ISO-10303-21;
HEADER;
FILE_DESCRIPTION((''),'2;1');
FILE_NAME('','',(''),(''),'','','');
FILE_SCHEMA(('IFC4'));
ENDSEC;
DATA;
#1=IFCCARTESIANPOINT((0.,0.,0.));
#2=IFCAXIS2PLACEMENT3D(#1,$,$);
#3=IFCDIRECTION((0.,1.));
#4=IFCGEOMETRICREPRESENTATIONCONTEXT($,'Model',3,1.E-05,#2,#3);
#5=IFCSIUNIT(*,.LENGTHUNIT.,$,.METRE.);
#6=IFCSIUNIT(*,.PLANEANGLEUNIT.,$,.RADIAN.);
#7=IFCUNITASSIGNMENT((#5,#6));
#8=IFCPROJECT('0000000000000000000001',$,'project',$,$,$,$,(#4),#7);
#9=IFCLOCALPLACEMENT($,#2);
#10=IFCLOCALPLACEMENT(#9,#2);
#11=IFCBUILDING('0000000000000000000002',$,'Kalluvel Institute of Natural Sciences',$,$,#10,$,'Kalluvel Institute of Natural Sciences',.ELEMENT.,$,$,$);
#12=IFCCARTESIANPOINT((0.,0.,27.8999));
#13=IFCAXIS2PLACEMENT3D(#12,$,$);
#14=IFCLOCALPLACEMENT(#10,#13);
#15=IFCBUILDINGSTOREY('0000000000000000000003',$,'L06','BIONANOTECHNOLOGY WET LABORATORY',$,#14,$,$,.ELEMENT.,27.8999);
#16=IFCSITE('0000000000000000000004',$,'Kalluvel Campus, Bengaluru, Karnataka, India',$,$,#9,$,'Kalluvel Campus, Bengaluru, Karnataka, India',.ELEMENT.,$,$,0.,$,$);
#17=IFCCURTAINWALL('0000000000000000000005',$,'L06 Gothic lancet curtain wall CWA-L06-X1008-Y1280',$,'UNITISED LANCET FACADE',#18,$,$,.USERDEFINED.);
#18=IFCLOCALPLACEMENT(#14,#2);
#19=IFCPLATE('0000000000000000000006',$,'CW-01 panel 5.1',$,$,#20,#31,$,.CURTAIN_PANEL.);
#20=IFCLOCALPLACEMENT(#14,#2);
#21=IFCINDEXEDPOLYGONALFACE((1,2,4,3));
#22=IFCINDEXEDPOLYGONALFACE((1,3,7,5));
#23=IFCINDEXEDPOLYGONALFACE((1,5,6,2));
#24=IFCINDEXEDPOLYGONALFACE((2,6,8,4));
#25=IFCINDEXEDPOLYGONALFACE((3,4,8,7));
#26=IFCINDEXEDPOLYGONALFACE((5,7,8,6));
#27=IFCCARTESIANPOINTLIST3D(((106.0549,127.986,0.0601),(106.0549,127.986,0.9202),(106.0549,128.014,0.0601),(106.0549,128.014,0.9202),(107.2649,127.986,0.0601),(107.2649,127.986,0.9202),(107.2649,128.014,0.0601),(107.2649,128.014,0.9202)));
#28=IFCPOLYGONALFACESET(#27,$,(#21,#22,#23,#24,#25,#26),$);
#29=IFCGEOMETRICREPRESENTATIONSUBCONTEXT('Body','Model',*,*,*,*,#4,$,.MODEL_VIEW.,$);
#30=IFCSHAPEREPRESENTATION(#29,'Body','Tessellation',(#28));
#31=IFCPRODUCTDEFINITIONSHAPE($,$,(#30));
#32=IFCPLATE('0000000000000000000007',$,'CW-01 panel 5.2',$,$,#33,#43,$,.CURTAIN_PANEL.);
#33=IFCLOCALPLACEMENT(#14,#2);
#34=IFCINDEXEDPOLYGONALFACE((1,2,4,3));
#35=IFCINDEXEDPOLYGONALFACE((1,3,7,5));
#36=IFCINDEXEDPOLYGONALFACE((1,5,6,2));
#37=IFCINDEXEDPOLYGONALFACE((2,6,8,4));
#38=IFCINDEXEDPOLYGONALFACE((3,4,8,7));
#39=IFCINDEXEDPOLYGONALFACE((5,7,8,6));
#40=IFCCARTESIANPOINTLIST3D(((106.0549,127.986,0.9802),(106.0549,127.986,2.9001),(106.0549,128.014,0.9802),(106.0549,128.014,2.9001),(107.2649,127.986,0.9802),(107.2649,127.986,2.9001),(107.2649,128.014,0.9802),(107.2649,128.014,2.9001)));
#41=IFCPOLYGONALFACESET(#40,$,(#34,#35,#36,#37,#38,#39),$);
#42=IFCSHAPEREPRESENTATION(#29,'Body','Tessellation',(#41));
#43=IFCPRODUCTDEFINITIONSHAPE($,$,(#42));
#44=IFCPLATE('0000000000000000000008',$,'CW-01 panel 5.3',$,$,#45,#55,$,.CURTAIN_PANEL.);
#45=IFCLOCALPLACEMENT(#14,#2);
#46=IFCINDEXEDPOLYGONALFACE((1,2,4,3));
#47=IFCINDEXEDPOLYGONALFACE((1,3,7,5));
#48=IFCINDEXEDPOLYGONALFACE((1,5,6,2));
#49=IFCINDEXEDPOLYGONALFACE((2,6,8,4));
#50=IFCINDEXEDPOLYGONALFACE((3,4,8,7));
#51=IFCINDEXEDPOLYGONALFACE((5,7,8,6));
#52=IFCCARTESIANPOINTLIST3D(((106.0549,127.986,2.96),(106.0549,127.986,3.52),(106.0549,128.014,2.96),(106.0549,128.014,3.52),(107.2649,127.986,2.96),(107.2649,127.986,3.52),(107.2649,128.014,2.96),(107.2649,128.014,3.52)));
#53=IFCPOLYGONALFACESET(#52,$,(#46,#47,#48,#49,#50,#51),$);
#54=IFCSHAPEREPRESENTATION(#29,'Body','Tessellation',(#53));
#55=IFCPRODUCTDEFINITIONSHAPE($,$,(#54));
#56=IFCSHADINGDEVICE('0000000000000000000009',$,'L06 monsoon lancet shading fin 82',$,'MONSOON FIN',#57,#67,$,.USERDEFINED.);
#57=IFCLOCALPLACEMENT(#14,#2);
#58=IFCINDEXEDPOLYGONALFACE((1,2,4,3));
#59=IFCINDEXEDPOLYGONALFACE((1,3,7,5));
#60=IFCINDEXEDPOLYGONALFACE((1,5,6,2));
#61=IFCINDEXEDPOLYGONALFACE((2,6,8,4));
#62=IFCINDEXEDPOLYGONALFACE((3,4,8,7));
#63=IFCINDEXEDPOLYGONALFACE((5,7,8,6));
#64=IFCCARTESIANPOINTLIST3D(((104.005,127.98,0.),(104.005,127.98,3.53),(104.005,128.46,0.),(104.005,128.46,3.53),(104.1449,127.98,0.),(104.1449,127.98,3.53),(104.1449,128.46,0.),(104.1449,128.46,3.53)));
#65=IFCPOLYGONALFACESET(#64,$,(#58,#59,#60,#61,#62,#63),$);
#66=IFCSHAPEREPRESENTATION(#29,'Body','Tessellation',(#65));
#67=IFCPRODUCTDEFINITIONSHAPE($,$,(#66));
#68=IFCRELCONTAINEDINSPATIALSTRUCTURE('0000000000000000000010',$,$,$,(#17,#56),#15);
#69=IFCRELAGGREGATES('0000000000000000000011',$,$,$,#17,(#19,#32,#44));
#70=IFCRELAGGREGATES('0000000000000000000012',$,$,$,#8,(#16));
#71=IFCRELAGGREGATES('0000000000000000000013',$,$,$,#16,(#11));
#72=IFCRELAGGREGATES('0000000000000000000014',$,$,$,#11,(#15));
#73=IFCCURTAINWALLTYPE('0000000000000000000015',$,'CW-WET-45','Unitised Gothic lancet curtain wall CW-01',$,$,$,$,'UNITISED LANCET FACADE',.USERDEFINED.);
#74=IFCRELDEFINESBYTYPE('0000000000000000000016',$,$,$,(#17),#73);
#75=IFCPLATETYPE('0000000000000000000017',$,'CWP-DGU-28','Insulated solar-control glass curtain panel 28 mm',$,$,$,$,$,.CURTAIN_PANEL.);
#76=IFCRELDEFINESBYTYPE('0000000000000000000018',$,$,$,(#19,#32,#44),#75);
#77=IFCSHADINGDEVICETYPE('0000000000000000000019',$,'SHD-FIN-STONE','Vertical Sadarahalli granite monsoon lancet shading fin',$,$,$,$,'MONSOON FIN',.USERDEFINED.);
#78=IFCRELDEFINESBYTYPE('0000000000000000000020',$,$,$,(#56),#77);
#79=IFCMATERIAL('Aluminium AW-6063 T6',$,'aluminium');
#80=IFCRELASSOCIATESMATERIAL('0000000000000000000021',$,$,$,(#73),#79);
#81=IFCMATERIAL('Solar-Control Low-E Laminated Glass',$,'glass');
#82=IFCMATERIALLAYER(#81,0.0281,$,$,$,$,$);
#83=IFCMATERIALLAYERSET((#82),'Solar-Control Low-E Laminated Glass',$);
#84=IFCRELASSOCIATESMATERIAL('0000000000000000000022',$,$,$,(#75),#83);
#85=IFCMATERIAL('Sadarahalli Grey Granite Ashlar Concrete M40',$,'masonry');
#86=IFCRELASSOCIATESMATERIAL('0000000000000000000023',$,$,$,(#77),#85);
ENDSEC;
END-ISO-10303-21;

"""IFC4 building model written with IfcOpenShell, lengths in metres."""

from ifc_helpers import new_model, si_unit, direction, frame, origin, origin_2d, place, context, subcontext, project, spatial, rectangle, extrude, material, layer, layer_set, type_object, element, aggregate, save


model = new_model("IFC4")

# Units and contexts
model_context = context("Model", 3, precision=1e-05, world=origin(), true_north=direction((0.0, 1.0)))
body_context = subcontext(model_context, "Body", "Model", "MODEL_VIEW")
ifc_project = project(units=[si_unit("LENGTHUNIT", "METRE"), si_unit("PLANEANGLEUNIT", "RADIAN")], contexts=[model_context])

# Site, building, storey
site_placement = place(None, origin())
site = spatial("IfcSite", under=ifc_project, at=site_placement, Name="Kalluvel Campus, Bengaluru, Karnataka, India", LongName="Kalluvel Campus, Bengaluru, Karnataka, India", CompositionType="ELEMENT", RefElevation=0.0)
building_placement = place(site_placement, origin())
building = spatial("IfcBuilding", under=site, at=building_placement, Name="Kalluvel Institute of Natural Sciences", LongName="Kalluvel Institute of Natural Sciences", CompositionType="ELEMENT")
storey_placement = place(building_placement, frame((0.0, 0.0, 27.8999)))
storey = spatial("IfcBuildingStorey", under=building, at=storey_placement, Name="L06", Description="BIONANOTECHNOLOGY WET LABORATORY", CompositionType="ELEMENT", Elevation=27.8999)

# Curtain wall, plates
ifc_material_1 = material(Name="Aluminium AW-6063 T6", Category="aluminium")
curtain_wall_type = type_object("IfcCurtainWallType", Name="CW-WET-45", Description="Unitised Gothic lancet curtain wall CW-01", ElementType="UNITISED LANCET FACADE", PredefinedType="USERDEFINED", material=ifc_material_1)
curtain_wall_placement = place(storey_placement, origin())
curtain_wall = element("IfcCurtainWall", 1, at=curtain_wall_placement, inside=storey, type_object=curtain_wall_type, Name="L06 Gothic lancet curtain wall CWA-L06-X1008-Y1280", ObjectType="UNITISED LANCET FACADE", PredefinedType="USERDEFINED")
ifc_material_2 = material(Name="Solar-Control Low-E Laminated Glass", Category="glass")
ifc_layer = layer(ifc_material_2, 0.0281)
ifc_layer_set = layer_set([ifc_layer], Name="Solar-Control Low-E Laminated Glass")
plate_type = type_object("IfcPlateType", Name="CWP-DGU-28", Description="Insulated solar-control glass curtain panel 28 mm", PredefinedType="CURTAIN_PANEL", material=ifc_layer_set)
plate_1_placement = place(storey_placement, frame((106.6599, 128.0, 0.0601), z_axis=(0.0, 0.0, 1.0), x_axis=(1.0, 0.0, 0.0)))
plate_1 = element("IfcPlate", 2, at=plate_1_placement, type_object=plate_type, Name="CW-01 panel 5.1", PredefinedType="CURTAIN_PANEL", context=body_context, shape_type="SweptSolid", body=[
    extrude(rectangle(XDim=1.21, YDim=0.0281, at=origin_2d()), origin(), (0.0, 0.0, 1.0), 0.8601),
])
plate_2_placement = place(storey_placement, frame((106.6599, 128.0, 0.9802), z_axis=(0.0, 0.0, 1.0), x_axis=(1.0, 0.0, 0.0)))
plate_2 = element("IfcPlate", 3, at=plate_2_placement, type_object=plate_type, Name="CW-01 panel 5.2", PredefinedType="CURTAIN_PANEL", context=body_context, shape_type="SweptSolid", body=[
    extrude(rectangle(XDim=1.21, YDim=0.0281, at=origin_2d()), origin(), (0.0, 0.0, 1.0), 1.9199),
])
plate_3_placement = place(storey_placement, frame((106.6599, 128.0, 2.96), z_axis=(0.0, 0.0, 1.0), x_axis=(1.0, 0.0, 0.0)))
plate_3 = element("IfcPlate", 4, at=plate_3_placement, type_object=plate_type, Name="CW-01 panel 5.3", PredefinedType="CURTAIN_PANEL", context=body_context, shape_type="SweptSolid", body=[
    extrude(rectangle(XDim=1.21, YDim=0.0281, at=origin_2d()), origin(), (0.0, 0.0, 1.0), 0.5601),
])
aggregate(curtain_wall, [plate_1, plate_2, plate_3])

# Shading device
ifc_material_3 = material(Name="Sadarahalli Grey Granite Ashlar Concrete M40", Category="masonry")
shading_device_type = type_object("IfcShadingDeviceType", Name="SHD-FIN-STONE", Description="Vertical Sadarahalli granite monsoon lancet shading fin", ElementType="MONSOON FIN", PredefinedType="USERDEFINED", material=ifc_material_3)
shading_device_placement = place(storey_placement, frame((104.075, 128.22, 0.0), z_axis=(0.0, 0.0, 1.0), x_axis=(1.0, 0.0, 0.0)))
element("IfcShadingDevice", 5, at=shading_device_placement, inside=storey, type_object=shading_device_type, Name="L06 monsoon lancet shading fin 82", ObjectType="MONSOON FIN", PredefinedType="USERDEFINED", context=body_context, shape_type="SweptSolid", body=[
    extrude(rectangle(XDim=0.1399, YDim=0.48, at=origin_2d()), origin(), (0.0, 0.0, 1.0), 3.53),
])

save(model, "model.ifc")
